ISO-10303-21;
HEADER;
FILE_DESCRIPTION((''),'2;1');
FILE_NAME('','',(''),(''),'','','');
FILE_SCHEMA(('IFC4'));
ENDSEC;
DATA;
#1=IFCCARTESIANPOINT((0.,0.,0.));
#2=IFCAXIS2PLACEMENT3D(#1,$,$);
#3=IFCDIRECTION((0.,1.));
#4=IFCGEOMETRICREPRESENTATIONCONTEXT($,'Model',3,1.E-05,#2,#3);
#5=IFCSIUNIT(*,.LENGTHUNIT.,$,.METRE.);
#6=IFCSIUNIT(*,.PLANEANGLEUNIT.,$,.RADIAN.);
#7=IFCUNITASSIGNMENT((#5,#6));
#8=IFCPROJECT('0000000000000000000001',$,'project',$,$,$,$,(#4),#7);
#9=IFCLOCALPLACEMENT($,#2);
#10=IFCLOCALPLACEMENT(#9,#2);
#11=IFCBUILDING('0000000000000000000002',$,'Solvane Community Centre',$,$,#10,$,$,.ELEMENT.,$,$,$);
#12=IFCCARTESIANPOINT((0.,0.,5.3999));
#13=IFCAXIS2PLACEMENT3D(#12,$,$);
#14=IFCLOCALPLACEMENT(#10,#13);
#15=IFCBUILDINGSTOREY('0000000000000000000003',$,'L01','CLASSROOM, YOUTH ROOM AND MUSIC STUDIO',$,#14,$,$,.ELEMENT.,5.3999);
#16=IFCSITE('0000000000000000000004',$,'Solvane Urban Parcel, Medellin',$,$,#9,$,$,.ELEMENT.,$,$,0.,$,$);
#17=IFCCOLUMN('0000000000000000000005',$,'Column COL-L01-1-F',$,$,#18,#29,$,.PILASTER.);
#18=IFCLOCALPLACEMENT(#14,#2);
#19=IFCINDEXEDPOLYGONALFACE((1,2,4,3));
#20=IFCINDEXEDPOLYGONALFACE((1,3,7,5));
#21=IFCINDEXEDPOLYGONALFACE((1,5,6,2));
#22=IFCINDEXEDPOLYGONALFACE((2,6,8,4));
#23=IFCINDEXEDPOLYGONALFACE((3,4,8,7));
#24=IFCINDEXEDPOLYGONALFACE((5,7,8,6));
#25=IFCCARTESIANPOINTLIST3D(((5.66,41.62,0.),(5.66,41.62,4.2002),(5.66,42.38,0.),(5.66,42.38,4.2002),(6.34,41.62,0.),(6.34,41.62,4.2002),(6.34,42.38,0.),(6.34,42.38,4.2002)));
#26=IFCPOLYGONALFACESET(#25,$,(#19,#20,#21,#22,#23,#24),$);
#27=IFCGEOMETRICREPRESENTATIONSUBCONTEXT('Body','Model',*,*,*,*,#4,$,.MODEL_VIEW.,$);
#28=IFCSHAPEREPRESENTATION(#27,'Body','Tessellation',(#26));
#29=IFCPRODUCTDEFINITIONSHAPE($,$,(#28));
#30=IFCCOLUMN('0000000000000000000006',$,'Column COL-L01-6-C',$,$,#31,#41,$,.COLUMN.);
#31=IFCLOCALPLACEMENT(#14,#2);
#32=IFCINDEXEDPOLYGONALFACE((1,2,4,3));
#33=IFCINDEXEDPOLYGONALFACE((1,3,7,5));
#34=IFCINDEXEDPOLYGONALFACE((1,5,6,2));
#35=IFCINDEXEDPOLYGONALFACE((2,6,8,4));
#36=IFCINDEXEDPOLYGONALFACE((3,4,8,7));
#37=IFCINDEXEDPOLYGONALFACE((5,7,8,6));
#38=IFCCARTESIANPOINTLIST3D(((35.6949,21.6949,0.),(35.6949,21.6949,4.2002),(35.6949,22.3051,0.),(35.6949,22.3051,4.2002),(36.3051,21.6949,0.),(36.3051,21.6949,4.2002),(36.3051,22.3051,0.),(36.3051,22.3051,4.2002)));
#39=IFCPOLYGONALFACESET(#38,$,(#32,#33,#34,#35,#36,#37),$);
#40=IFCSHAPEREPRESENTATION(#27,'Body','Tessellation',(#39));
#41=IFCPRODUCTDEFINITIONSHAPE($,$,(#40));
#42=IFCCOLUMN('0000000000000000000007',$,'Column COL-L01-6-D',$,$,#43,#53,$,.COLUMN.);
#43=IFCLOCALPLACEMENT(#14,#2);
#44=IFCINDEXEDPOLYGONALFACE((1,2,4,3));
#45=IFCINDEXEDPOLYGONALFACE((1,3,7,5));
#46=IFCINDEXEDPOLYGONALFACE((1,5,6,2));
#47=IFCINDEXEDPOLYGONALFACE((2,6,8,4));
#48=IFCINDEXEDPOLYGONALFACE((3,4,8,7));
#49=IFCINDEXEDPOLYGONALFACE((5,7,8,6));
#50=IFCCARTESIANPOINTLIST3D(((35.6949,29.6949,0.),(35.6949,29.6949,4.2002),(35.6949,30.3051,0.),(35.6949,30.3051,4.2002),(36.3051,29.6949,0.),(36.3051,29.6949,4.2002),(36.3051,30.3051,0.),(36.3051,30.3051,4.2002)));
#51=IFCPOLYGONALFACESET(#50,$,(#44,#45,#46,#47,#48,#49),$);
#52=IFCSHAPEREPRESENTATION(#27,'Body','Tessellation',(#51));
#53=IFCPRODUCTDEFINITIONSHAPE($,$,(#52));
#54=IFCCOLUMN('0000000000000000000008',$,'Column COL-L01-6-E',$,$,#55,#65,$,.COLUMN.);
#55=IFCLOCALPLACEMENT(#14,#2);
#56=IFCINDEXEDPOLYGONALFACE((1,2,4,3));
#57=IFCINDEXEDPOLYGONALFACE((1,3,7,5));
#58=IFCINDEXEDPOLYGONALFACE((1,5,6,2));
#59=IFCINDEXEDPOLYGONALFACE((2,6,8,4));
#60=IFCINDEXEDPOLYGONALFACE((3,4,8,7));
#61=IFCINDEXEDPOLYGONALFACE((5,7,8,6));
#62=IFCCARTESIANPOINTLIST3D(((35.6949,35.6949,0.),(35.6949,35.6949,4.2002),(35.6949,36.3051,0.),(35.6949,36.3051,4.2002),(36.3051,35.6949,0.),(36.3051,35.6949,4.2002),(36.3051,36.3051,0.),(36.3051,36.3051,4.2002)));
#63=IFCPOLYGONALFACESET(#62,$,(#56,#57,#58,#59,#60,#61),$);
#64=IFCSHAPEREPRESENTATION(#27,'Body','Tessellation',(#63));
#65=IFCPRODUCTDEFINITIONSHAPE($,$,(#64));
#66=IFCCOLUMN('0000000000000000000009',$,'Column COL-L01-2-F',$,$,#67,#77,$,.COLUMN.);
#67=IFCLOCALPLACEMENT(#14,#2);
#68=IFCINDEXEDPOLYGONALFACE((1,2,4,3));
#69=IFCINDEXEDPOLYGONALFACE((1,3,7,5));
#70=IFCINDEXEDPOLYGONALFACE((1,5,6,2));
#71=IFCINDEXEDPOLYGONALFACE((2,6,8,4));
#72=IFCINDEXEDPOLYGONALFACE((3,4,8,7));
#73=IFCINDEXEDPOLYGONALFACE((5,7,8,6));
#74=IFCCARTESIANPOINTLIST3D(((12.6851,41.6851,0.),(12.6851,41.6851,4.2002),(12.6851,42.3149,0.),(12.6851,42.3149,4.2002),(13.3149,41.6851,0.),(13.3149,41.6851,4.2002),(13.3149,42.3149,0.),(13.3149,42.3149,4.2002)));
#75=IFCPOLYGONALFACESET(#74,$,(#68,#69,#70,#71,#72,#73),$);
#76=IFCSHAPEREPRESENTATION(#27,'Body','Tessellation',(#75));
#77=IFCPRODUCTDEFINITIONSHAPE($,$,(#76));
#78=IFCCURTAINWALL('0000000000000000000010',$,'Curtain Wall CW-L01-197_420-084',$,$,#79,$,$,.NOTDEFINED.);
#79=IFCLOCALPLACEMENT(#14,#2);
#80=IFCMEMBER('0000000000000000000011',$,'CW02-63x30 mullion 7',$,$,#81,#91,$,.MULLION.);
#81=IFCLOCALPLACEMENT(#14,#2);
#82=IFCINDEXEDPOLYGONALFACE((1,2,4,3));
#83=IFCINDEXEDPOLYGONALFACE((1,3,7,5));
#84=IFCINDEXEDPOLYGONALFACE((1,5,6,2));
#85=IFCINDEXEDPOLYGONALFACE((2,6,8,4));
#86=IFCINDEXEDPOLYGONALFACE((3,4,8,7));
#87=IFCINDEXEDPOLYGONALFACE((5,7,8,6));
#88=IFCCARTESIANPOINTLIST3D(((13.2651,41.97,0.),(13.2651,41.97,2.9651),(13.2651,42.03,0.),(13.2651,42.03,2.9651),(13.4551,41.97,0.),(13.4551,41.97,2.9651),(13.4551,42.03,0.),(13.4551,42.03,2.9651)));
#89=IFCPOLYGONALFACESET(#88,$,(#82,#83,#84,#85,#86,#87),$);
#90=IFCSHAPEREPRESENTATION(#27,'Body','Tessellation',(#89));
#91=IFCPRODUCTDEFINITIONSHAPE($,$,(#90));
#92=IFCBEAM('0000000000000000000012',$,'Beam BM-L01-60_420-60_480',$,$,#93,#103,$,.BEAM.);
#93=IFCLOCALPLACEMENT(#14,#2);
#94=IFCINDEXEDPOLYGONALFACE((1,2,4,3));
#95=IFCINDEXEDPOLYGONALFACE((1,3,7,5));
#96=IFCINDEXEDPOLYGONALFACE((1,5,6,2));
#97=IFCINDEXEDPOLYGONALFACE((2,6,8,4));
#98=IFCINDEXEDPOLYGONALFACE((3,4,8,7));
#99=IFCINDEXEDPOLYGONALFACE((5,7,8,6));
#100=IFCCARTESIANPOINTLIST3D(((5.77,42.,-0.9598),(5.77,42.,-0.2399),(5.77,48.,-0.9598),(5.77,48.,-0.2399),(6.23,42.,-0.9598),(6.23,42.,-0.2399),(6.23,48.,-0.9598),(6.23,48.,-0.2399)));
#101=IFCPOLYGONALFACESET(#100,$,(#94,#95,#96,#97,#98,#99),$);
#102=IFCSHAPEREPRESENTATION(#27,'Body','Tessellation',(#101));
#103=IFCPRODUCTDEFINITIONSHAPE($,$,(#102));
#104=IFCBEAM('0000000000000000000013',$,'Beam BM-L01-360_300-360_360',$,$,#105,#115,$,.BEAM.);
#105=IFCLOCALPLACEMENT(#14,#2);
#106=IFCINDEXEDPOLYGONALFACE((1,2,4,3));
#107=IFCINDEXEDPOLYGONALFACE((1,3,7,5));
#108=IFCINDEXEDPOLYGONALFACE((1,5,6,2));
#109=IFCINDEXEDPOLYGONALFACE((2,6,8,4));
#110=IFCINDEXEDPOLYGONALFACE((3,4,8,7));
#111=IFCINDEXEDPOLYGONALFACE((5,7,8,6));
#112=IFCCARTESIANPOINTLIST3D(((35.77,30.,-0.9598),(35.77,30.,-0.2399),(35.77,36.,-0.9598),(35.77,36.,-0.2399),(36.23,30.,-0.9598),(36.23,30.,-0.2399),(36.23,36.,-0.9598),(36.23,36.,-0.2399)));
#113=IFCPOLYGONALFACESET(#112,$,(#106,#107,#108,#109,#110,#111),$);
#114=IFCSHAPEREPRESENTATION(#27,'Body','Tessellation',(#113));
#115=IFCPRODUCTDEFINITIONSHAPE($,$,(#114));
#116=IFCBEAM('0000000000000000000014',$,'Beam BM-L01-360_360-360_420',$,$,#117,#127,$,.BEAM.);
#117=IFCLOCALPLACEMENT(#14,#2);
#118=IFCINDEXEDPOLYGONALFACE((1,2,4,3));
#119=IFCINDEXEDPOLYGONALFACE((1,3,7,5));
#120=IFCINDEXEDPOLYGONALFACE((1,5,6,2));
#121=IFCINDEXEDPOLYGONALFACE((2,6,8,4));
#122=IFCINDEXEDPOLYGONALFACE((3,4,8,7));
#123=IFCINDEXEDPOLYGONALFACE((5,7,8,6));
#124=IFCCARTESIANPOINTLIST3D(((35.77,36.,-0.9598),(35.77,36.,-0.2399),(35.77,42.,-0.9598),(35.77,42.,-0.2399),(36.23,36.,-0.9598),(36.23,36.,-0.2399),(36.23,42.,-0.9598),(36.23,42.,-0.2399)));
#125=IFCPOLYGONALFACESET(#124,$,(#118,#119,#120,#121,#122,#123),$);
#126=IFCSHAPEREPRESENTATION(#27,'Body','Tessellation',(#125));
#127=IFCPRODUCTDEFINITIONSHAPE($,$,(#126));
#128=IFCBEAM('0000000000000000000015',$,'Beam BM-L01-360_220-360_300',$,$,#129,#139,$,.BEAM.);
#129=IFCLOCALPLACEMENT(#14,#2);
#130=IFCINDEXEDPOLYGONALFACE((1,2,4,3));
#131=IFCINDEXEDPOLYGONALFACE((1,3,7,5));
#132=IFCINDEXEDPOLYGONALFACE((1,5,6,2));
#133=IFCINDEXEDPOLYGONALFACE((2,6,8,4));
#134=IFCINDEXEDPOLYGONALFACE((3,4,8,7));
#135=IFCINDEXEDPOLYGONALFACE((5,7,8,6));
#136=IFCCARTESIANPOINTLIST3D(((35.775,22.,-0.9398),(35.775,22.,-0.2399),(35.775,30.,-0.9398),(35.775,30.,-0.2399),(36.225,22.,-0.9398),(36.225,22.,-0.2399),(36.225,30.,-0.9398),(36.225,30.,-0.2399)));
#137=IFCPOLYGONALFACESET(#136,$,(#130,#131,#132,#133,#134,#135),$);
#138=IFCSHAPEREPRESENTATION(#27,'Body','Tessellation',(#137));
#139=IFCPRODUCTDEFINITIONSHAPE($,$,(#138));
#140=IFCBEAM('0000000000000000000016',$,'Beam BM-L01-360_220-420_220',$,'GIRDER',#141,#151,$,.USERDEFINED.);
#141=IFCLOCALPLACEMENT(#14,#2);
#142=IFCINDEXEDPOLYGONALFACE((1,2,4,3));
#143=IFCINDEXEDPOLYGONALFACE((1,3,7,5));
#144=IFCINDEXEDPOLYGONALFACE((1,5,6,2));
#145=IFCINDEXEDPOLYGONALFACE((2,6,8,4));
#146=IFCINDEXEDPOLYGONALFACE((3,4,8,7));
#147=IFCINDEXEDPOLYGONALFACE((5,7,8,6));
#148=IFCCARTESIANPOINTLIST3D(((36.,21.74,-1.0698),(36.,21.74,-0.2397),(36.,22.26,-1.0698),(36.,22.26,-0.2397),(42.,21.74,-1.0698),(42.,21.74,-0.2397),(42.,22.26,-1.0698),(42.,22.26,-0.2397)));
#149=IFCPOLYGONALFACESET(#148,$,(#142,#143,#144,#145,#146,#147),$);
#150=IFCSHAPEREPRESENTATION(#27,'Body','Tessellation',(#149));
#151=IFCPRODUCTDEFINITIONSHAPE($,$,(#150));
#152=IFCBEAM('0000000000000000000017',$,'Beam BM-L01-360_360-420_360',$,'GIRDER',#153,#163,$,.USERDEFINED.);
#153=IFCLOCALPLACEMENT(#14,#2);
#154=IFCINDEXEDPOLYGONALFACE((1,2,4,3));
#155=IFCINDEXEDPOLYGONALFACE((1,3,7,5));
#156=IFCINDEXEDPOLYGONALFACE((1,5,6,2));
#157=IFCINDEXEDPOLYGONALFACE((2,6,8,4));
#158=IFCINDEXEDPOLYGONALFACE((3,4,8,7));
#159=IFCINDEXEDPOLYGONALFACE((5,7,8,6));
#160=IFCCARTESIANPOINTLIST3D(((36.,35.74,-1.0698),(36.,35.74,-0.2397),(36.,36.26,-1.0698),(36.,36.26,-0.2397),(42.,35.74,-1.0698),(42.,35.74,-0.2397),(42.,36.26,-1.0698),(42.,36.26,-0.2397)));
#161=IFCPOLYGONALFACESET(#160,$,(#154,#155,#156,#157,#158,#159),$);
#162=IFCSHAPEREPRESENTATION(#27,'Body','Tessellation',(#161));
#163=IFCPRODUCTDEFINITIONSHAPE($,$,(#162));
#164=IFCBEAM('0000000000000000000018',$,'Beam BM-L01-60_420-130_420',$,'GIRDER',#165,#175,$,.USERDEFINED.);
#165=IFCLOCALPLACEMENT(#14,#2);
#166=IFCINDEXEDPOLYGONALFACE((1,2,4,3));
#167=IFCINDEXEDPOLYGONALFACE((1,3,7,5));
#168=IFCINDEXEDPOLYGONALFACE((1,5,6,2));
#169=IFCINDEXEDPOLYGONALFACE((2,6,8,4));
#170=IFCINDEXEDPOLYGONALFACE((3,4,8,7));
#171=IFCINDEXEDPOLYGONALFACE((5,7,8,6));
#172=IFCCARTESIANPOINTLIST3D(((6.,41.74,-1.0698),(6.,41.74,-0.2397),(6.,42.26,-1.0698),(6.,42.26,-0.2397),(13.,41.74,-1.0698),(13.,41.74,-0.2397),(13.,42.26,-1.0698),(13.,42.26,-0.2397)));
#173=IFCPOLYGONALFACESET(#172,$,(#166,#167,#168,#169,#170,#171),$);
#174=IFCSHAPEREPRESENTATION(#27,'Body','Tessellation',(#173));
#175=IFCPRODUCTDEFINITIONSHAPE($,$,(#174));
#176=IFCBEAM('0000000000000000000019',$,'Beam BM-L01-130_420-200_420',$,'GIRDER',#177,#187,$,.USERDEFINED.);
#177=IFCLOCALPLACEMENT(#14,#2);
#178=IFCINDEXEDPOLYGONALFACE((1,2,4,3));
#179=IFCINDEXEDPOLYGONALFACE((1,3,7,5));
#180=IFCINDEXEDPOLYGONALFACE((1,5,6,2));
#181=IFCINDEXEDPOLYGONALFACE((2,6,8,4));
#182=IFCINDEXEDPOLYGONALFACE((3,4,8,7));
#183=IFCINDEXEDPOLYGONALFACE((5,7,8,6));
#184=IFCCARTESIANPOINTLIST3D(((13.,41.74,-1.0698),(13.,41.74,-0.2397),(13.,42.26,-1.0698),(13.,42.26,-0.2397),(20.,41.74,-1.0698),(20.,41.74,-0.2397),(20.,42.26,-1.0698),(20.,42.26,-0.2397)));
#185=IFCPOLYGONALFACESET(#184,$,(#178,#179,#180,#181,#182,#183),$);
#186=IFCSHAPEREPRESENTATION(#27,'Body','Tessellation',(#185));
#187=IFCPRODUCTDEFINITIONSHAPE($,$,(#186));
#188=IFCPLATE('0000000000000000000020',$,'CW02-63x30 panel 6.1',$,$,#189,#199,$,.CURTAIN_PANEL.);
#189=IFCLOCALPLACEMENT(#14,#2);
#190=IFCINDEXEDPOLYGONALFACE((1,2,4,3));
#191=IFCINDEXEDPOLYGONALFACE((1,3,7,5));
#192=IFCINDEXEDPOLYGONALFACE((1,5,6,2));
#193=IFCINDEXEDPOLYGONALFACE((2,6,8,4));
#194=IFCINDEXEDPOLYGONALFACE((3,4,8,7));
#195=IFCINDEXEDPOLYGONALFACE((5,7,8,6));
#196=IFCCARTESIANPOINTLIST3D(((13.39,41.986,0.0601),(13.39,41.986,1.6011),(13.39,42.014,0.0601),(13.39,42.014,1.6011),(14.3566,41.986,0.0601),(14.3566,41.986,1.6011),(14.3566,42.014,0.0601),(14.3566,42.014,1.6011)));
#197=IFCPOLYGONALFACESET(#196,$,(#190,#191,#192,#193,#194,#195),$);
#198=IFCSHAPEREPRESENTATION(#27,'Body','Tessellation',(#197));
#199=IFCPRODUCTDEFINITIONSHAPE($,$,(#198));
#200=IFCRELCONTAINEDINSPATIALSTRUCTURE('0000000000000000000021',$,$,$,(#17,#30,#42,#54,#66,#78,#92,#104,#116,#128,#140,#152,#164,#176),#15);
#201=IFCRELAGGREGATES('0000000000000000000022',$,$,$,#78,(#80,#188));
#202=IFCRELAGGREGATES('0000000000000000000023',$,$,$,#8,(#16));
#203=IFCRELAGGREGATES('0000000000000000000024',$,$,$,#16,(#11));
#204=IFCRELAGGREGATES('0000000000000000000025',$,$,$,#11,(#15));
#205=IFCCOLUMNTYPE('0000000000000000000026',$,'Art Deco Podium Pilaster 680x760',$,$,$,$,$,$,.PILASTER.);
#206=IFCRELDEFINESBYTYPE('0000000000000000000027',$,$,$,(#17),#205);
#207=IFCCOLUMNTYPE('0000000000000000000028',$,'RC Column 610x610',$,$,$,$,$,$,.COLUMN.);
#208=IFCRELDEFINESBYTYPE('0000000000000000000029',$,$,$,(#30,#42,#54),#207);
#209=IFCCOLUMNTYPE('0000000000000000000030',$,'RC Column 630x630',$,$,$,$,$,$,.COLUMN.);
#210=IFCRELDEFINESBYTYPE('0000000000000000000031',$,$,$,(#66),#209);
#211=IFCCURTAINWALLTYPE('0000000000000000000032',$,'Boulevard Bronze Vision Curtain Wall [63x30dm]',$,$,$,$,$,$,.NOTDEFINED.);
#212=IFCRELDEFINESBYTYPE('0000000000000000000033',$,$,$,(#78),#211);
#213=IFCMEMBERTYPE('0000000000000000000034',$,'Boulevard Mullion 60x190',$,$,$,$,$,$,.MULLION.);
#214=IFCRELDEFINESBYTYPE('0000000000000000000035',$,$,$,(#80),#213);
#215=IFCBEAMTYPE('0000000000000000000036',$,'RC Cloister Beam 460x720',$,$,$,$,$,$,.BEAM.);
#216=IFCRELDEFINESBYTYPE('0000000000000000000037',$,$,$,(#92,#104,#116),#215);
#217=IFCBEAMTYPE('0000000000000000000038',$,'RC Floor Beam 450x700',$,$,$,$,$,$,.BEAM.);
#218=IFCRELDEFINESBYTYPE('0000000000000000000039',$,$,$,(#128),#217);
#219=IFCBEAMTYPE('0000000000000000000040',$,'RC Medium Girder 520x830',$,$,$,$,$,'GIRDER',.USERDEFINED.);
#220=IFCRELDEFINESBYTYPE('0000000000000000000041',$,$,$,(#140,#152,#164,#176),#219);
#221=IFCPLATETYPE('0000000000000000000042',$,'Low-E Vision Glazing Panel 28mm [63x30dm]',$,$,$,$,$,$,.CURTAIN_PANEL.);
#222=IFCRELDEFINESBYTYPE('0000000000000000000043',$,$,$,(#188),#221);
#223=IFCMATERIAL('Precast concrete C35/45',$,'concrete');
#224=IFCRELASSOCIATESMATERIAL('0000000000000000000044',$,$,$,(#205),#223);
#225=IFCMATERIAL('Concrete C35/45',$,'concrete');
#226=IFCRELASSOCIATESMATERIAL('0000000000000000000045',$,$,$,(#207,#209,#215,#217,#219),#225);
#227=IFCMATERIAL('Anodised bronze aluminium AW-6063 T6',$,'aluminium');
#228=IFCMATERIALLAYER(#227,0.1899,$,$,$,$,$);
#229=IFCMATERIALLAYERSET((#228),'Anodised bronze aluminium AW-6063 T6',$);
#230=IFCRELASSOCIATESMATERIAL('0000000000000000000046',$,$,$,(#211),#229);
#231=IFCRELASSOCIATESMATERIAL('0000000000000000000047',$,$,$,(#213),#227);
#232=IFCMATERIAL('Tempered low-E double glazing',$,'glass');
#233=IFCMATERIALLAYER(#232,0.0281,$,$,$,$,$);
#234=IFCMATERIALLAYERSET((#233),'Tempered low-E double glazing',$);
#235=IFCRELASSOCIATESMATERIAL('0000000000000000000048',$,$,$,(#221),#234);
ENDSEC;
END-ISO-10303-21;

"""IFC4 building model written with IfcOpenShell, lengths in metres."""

from ifc_helpers import new_model, si_unit, direction, frame, origin, origin_2d, place, context, subcontext, project, spatial, rectangle, extrude, material, layer, layer_set, material_profile, profile_set, type_object, element, aggregate, save


model = new_model("IFC4")

# Units and contexts
model_context = context("Model", 3, precision=1e-05, world=origin(), true_north=direction((0.0, 1.0)))
body_context = subcontext(model_context, "Body", "Model", "MODEL_VIEW")
ifc_project = project(units=[si_unit("LENGTHUNIT", "METRE"), si_unit("PLANEANGLEUNIT", "RADIAN")], contexts=[model_context])

# Site, building, storey
site_placement = place(None, origin())
site = spatial("IfcSite", under=ifc_project, at=site_placement, Name="Solvane Urban Parcel, Medellin", CompositionType="ELEMENT", RefElevation=0.0)
building_placement = place(site_placement, origin())
building = spatial("IfcBuilding", under=site, at=building_placement, Name="Solvane Community Centre", CompositionType="ELEMENT")
storey_placement = place(building_placement, frame((0.0, 0.0, 5.3999)))
storey = spatial("IfcBuildingStorey", under=building, at=storey_placement, Name="L01", Description="CLASSROOM, YOUTH ROOM AND MUSIC STUDIO", CompositionType="ELEMENT", Elevation=5.3999)

# Columns
ifc_material_1 = material(Name="Precast concrete C35/45", Category="concrete")
ifc_material_profile_1 = material_profile(ifc_material_1, rectangle(XDim=0.6799, YDim=0.76, at=origin_2d()), Name="RC 680x760")
ifc_profile_set_1 = profile_set([ifc_material_profile_1], Name="Precast concrete C35/45")
column_type_1 = type_object("IfcColumnType", Name="Art Deco Podium Pilaster 680x760", PredefinedType="PILASTER", material=ifc_profile_set_1)
column_1_placement = place(storey_placement, frame((6.0, 42.0, 0.0), z_axis=(0.0, 0.0, 1.0), x_axis=(1.0, 0.0, 0.0)))
element("IfcColumn", 1, at=column_1_placement, inside=storey, type_object=column_type_1, Name="Column COL-L01-1-F", PredefinedType="PILASTER", context=body_context, shape_type="SweptSolid", body=[
    extrude(rectangle(XDim=0.6799, YDim=0.76, at=origin_2d()), origin(), (0.0, 0.0, 1.0), 4.2002),
])
ifc_material_2 = material(Name="Concrete C35/45", Category="concrete")
ifc_material_profile_2 = material_profile(ifc_material_2, rectangle(XDim=0.6101, YDim=0.6101, at=origin_2d()), Name="RC 610x610")
ifc_profile_set_2 = profile_set([ifc_material_profile_2], Name="Concrete C35/45")
column_type_2 = type_object("IfcColumnType", Name="RC Column 610x610", PredefinedType="COLUMN", material=ifc_profile_set_2)
for number, where, z_axis, x_axis, name in (
    (2, (36.0, 22.0, 0.0), (0.0, 0.0, 1.0), (1.0, 0.0, 0.0), "Column COL-L01-6-C"),
    (3, (36.0, 30.0, 0.0), (0.0, 0.0, 1.0), (1.0, 0.0, 0.0), "Column COL-L01-6-D"),
    (4, (36.0, 36.0, 0.0), (0.0, 0.0, 1.0), (1.0, 0.0, 0.0), "Column COL-L01-6-E"),
):
    element("IfcColumn", number, at=place(storey_placement, frame(where, z_axis=z_axis, x_axis=x_axis)), inside=storey, type_object=column_type_2, Name=name, PredefinedType="COLUMN", context=body_context, shape_type="SweptSolid", body=[
        extrude(rectangle(XDim=0.6101, YDim=0.6101, at=origin_2d()), origin(), (0.0, 0.0, 1.0), 4.2002),
    ])
ifc_material_profile_3 = material_profile(ifc_material_2, rectangle(XDim=0.6299, YDim=0.6299, at=origin_2d()), Name="RC 630x630")
ifc_profile_set_3 = profile_set([ifc_material_profile_3], Name="Concrete C35/45")
column_type_3 = type_object("IfcColumnType", Name="RC Column 630x630", PredefinedType="COLUMN", material=ifc_profile_set_3)
column_2_placement = place(storey_placement, frame((13.0, 42.0, 0.0), z_axis=(0.0, 0.0, 1.0), x_axis=(1.0, 0.0, 0.0)))
element("IfcColumn", 5, at=column_2_placement, inside=storey, type_object=column_type_3, Name="Column COL-L01-2-F", PredefinedType="COLUMN", context=body_context, shape_type="SweptSolid", body=[
    extrude(rectangle(XDim=0.6299, YDim=0.6299, at=origin_2d()), origin(), (0.0, 0.0, 1.0), 4.2002),
])

# Curtain wall, member
ifc_material_3 = material(Name="Anodised bronze aluminium AW-6063 T6", Category="aluminium")
ifc_layer_1 = layer(ifc_material_3, 0.1899)
ifc_layer_set_1 = layer_set([ifc_layer_1], Name="Anodised bronze aluminium AW-6063 T6")
curtain_wall_type = type_object("IfcCurtainWallType", Name="Boulevard Bronze Vision Curtain Wall [63x30dm]", PredefinedType="NOTDEFINED", material=ifc_layer_set_1)
curtain_wall_placement = place(storey_placement, origin())
curtain_wall = element("IfcCurtainWall", 6, at=curtain_wall_placement, inside=storey, type_object=curtain_wall_type, Name="Curtain Wall CW-L01-197_420-084", PredefinedType="NOTDEFINED")
ifc_material_profile_4 = material_profile(ifc_material_3, rectangle(XDim=0.0601, YDim=0.1899, at=origin_2d()), Name="CW-M 60x190")
ifc_profile_set_4 = profile_set([ifc_material_profile_4], Name="Anodised bronze aluminium AW-6063 T6")
member_type = type_object("IfcMemberType", Name="Boulevard Mullion 60x190", PredefinedType="MULLION", material=ifc_profile_set_4)
member_placement = place(storey_placement, frame((13.3601, 42.0, 0.0), z_axis=(0.0, 0.0, 1.0), x_axis=(0.0, -1.0, 0.0)))
member = element("IfcMember", 7, at=member_placement, type_object=member_type, Name="CW02-63x30 mullion 7", PredefinedType="MULLION", context=body_context, shape_type="SweptSolid", body=[
    extrude(rectangle(XDim=0.0601, YDim=0.1899, at=origin_2d()), origin(), (0.0, 0.0, 1.0), 2.9651),
])

# Beams
ifc_material_profile_5 = material_profile(ifc_material_2, rectangle(XDim=0.46, YDim=0.72, at=origin_2d()), Name="RC 460x720")
ifc_profile_set_5 = profile_set([ifc_material_profile_5], Name="Concrete C35/45")
beam_type_1 = type_object("IfcBeamType", Name="RC Cloister Beam 460x720", PredefinedType="BEAM", material=ifc_profile_set_5)
for number, where, z_axis, x_axis, name in (
    (8, (6.0, 42.0, -0.5999), (0.0, 1.0, 0.0), (-1.0, 0.0, 0.0), "Beam BM-L01-60_420-60_480"),
    (9, (36.0, 30.0, -0.5999), (0.0, 1.0, 0.0), (-1.0, 0.0, 0.0), "Beam BM-L01-360_300-360_360"),
    (10, (36.0, 36.0, -0.5999), (0.0, 1.0, 0.0), (-1.0, 0.0, 0.0), "Beam BM-L01-360_360-360_420"),
):
    element("IfcBeam", number, at=place(storey_placement, frame(where, z_axis=z_axis, x_axis=x_axis)), inside=storey, type_object=beam_type_1, Name=name, PredefinedType="BEAM", context=body_context, shape_type="SweptSolid", body=[
        extrude(rectangle(XDim=0.46, YDim=0.72, at=origin_2d()), origin(), (0.0, 0.0, 1.0), 6.0),
    ])
ifc_material_profile_6 = material_profile(ifc_material_2, rectangle(XDim=0.45, YDim=0.7, at=origin_2d()), Name="RC 450x700")
ifc_profile_set_6 = profile_set([ifc_material_profile_6], Name="Concrete C35/45")
beam_type_2 = type_object("IfcBeamType", Name="RC Floor Beam 450x700", PredefinedType="BEAM", material=ifc_profile_set_6)
beam_placement = place(storey_placement, frame((36.0, 22.0, -0.5898), z_axis=(0.0, 1.0, 0.0), x_axis=(-1.0, 0.0, 0.0)))
element("IfcBeam", 11, at=beam_placement, inside=storey, type_object=beam_type_2, Name="Beam BM-L01-360_220-360_300", PredefinedType="BEAM", context=body_context, shape_type="SweptSolid", body=[
    extrude(rectangle(XDim=0.45, YDim=0.7, at=origin_2d()), origin(), (0.0, 0.0, 1.0), 8.0),
])
ifc_material_profile_7 = material_profile(ifc_material_2, rectangle(XDim=0.52, YDim=0.8301, at=origin_2d()), Name="RC 520x830")
ifc_profile_set_7 = profile_set([ifc_material_profile_7], Name="Concrete C35/45")
beam_type_3 = type_object("IfcBeamType", Name="RC Medium Girder 520x830", ElementType="GIRDER", PredefinedType="USERDEFINED", material=ifc_profile_set_7)
for number, where, z_axis, x_axis, name in (
    (12, (36.0, 22.0, -0.6548), (1.0, 0.0, 0.0), (0.0, 1.0, 0.0), "Beam BM-L01-360_220-420_220"),
    (13, (36.0, 36.0, -0.6548), (1.0, 0.0, 0.0), (0.0, 1.0, 0.0), "Beam BM-L01-360_360-420_360"),
):
    element("IfcBeam", number, at=place(storey_placement, frame(where, z_axis=z_axis, x_axis=x_axis)), inside=storey, type_object=beam_type_3, Name=name, ObjectType="GIRDER", PredefinedType="USERDEFINED", context=body_context, shape_type="SweptSolid", body=[
        extrude(rectangle(XDim=0.52, YDim=0.8301, at=origin_2d()), origin(), (0.0, 0.0, 1.0), 6.0),
    ])
for number, where, z_axis, x_axis, name in (
    (14, (6.0, 42.0, -0.6548), (1.0, 0.0, 0.0), (0.0, 1.0, 0.0), "Beam BM-L01-60_420-130_420"),
    (15, (13.0, 42.0, -0.6548), (1.0, 0.0, 0.0), (0.0, 1.0, 0.0), "Beam BM-L01-130_420-200_420"),
):
    element("IfcBeam", number, at=place(storey_placement, frame(where, z_axis=z_axis, x_axis=x_axis)), inside=storey, type_object=beam_type_3, Name=name, ObjectType="GIRDER", PredefinedType="USERDEFINED", context=body_context, shape_type="SweptSolid", body=[
        extrude(rectangle(XDim=0.52, YDim=0.8301, at=origin_2d()), origin(), (0.0, 0.0, 1.0), 7.0),
    ])

# Plate
ifc_material_4 = material(Name="Tempered low-E double glazing", Category="glass")
ifc_layer_2 = layer(ifc_material_4, 0.0281)
ifc_layer_set_2 = layer_set([ifc_layer_2], Name="Tempered low-E double glazing")
plate_type = type_object("IfcPlateType", Name="Low-E Vision Glazing Panel 28mm [63x30dm]", PredefinedType="CURTAIN_PANEL", material=ifc_layer_set_2)
plate_placement = place(storey_placement, frame((13.8733, 42.0, 0.0601), z_axis=(0.0, 0.0, 1.0), x_axis=(-1.0, 0.0, 0.0)))
plate = element("IfcPlate", 16, at=plate_placement, type_object=plate_type, Name="CW02-63x30 panel 6.1", PredefinedType="CURTAIN_PANEL", context=body_context, shape_type="SweptSolid", body=[
    extrude(rectangle(XDim=0.9666, YDim=0.0281, at=origin_2d()), origin(), (0.0, 0.0, 1.0), 1.541),
])
aggregate(curtain_wall, [member, plate])

save(model, "model.ifc")
